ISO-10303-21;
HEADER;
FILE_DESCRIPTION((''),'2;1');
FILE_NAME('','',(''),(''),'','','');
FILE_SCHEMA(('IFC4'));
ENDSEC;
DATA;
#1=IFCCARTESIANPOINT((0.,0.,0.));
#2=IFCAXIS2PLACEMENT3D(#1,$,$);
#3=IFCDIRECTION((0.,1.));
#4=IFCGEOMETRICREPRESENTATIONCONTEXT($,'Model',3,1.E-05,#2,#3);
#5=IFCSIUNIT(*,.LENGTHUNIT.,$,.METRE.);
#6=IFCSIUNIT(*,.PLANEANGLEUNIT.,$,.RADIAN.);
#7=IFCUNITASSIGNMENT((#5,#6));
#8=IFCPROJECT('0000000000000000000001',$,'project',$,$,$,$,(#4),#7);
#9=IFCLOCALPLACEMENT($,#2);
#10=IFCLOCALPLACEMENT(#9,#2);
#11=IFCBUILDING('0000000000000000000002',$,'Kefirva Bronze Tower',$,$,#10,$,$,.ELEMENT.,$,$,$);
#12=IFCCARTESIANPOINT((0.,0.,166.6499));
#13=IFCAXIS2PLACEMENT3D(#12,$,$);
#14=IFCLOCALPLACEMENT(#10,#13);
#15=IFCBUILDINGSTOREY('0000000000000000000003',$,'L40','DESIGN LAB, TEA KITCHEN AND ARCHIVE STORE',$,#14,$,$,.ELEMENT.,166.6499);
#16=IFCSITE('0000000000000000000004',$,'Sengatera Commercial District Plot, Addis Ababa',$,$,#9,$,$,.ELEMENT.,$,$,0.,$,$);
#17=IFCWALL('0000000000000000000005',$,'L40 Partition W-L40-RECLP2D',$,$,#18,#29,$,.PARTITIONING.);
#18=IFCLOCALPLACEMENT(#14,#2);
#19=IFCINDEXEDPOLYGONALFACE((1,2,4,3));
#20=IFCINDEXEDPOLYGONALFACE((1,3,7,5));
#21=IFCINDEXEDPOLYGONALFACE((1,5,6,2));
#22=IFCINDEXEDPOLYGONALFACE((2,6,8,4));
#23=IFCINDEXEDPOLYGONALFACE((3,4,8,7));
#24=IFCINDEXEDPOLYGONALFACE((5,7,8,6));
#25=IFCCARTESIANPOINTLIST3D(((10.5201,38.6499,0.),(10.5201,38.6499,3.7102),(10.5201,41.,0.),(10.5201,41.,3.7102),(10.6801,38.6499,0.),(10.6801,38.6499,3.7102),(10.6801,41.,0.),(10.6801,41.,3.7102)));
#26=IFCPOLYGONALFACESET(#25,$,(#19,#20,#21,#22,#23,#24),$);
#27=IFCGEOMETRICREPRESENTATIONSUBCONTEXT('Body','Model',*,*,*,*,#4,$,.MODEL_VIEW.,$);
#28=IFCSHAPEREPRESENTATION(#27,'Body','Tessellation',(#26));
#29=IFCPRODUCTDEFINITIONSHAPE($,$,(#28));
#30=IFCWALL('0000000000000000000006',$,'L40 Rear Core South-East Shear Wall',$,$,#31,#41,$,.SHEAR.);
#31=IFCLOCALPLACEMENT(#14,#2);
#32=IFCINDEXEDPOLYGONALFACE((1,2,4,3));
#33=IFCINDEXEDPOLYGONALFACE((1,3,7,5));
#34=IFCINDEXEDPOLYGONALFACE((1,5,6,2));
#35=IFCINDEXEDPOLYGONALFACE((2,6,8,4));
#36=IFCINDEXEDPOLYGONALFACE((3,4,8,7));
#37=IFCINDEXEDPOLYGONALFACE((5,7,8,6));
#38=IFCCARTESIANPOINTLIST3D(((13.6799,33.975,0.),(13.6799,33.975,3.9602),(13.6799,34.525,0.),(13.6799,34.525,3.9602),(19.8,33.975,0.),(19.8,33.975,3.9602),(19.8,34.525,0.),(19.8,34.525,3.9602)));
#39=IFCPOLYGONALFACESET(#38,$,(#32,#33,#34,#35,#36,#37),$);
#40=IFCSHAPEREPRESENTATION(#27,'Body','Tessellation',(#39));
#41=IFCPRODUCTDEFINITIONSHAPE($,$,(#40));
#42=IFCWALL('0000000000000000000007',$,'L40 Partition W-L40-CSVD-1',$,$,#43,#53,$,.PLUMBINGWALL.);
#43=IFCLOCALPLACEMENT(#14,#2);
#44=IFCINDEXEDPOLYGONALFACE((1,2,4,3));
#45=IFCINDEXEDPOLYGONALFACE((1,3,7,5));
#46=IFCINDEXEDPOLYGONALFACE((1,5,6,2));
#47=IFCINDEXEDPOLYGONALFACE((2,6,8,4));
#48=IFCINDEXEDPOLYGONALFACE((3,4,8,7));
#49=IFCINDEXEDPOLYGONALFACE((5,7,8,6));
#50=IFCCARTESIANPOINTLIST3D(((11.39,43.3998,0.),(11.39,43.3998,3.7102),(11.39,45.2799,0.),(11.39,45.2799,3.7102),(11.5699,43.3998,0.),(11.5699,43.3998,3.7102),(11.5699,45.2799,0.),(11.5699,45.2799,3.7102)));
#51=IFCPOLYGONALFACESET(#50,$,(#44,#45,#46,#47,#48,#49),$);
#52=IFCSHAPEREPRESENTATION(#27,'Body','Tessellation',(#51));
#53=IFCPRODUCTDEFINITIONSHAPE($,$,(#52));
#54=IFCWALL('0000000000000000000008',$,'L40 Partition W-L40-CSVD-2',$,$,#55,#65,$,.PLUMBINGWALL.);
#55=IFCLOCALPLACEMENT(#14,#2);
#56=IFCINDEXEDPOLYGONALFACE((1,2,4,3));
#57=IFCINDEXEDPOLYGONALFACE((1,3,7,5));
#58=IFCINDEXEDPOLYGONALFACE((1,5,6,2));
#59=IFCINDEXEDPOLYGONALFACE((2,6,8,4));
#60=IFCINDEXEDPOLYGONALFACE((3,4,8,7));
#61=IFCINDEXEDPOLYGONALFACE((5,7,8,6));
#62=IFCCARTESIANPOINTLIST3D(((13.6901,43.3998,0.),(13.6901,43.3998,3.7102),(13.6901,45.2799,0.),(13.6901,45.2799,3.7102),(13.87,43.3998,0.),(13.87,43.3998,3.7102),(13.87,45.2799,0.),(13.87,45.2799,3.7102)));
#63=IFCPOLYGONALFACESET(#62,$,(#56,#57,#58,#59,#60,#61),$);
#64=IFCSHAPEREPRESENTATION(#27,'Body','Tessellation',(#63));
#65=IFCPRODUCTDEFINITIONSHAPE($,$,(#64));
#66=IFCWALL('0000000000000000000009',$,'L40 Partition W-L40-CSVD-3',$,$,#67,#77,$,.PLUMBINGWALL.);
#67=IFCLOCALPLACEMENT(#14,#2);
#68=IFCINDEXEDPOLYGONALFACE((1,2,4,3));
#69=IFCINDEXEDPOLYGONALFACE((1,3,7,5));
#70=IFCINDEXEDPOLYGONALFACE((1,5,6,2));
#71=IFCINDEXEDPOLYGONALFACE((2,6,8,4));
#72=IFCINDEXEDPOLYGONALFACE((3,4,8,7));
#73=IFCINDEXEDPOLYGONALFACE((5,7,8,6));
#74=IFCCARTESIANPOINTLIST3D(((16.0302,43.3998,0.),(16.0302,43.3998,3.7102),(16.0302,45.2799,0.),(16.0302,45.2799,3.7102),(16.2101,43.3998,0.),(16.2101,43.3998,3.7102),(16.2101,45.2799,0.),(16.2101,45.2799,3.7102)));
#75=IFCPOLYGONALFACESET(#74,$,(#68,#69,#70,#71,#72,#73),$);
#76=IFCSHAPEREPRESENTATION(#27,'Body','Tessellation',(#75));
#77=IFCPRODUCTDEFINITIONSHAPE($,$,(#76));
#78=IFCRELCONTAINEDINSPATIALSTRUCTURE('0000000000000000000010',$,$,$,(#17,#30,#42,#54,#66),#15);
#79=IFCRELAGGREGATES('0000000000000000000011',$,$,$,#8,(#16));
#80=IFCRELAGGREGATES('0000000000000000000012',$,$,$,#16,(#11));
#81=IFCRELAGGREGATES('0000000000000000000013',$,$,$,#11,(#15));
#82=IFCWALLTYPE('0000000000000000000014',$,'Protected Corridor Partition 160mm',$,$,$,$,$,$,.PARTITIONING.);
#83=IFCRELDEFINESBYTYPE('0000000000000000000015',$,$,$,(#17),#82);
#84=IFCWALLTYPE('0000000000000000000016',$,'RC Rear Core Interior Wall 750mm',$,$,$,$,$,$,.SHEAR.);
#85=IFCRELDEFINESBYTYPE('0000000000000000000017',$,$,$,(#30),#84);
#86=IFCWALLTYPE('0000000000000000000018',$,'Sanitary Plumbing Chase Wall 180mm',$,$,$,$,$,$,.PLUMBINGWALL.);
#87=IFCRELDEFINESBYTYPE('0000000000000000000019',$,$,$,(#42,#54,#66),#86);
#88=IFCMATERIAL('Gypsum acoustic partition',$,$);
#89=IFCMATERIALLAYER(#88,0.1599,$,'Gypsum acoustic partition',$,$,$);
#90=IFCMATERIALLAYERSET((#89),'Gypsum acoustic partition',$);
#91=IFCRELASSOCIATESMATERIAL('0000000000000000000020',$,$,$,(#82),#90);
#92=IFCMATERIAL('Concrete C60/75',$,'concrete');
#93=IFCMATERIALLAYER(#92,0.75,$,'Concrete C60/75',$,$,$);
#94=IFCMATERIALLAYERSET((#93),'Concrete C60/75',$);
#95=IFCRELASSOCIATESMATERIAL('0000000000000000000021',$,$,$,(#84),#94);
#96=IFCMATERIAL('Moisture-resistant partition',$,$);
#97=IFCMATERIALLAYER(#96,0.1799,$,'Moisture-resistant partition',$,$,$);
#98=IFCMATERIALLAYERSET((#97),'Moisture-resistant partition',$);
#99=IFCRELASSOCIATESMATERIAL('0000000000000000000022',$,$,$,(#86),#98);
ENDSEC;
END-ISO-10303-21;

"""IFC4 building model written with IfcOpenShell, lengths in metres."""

from ifc_helpers import new_model, si_unit, direction, frame, frame_2d, origin, place, context, subcontext, project, spatial, rectangle, extrude, material, layer, layer_set, type_object, element, save


model = new_model("IFC4")

# Units and contexts
model_context = context("Model", 3, precision=1e-05, world=origin(), true_north=direction((0.0, 1.0)))
body_context = subcontext(model_context, "Body", "Model", "MODEL_VIEW")
ifc_project = project(units=[si_unit("LENGTHUNIT", "METRE"), si_unit("PLANEANGLEUNIT", "RADIAN")], contexts=[model_context])

# Site, building, storey
site_placement = place(None, origin())
site = spatial("IfcSite", under=ifc_project, at=site_placement, Name="Sengatera Commercial District Plot, Addis Ababa", CompositionType="ELEMENT", RefElevation=0.0)
building_placement = place(site_placement, origin())
building = spatial("IfcBuilding", under=site, at=building_placement, Name="Kefirva Bronze Tower", CompositionType="ELEMENT")
storey_placement = place(building_placement, frame((0.0, 0.0, 166.6499)))
storey = spatial("IfcBuildingStorey", under=building, at=storey_placement, Name="L40", Description="DESIGN LAB, TEA KITCHEN AND ARCHIVE STORE", CompositionType="ELEMENT", Elevation=166.6499)

# Shared definitions
ifc_material_1 = material(Name="Concrete C60/75", Category="concrete")

# Shared definitions
ifc_material_2 = material(Name="Gypsum acoustic partition")
ifc_layer_1 = layer(ifc_material_2, 0.1599, Name="Gypsum acoustic partition")
ifc_layer_set_1 = layer_set([ifc_layer_1], Name="Gypsum acoustic partition")
wall_type_1 = type_object("IfcWallType", Name="Protected Corridor Partition 160mm", PredefinedType="PARTITIONING", material=ifc_layer_set_1)

# Walls
wall_1_placement = place(storey_placement, frame((10.6001, 38.6499, 0.0), z_axis=(0.0, 0.0, 1.0), x_axis=(0.0, 1.0, 0.0)))
element("IfcWall", 1, at=wall_1_placement, inside=storey, type_object=wall_type_1, Name="L40 Partition W-L40-RECLP2D", PredefinedType="PARTITIONING", context=body_context, shape_type="SweptSolid", body=[
    extrude(rectangle(XDim=2.3501, YDim=0.1599, at=frame_2d((1.175, 0.0))), origin(), (0.0, 0.0, 1.0), 3.7102),
])
ifc_layer_2 = layer(ifc_material_1, 0.75, Name="Concrete C60/75")
ifc_layer_set_2 = layer_set([ifc_layer_2], Name="Concrete C60/75")
wall_type_2 = type_object("IfcWallType", Name="RC Rear Core Interior Wall 750mm", PredefinedType="SHEAR", material=ifc_layer_set_2)
wall_2_placement = place(storey_placement, frame((13.6799, 34.25, 0.0), z_axis=(0.0, 0.0, 1.0), x_axis=(1.0, 0.0, 0.0)))
element("IfcWall", 2, at=wall_2_placement, inside=storey, type_object=wall_type_2, Name="L40 Rear Core South-East Shear Wall", PredefinedType="SHEAR", context=body_context, shape_type="SweptSolid", body=[
    extrude(rectangle(XDim=6.1201, YDim=0.55, at=frame_2d((3.0601, 0.0))), origin(), (0.0, 0.0, 1.0), 3.9602),
])
ifc_material_3 = material(Name="Moisture-resistant partition")
ifc_layer_3 = layer(ifc_material_3, 0.1799, Name="Moisture-resistant partition")
ifc_layer_set_3 = layer_set([ifc_layer_3], Name="Moisture-resistant partition")
wall_type_3 = type_object("IfcWallType", Name="Sanitary Plumbing Chase Wall 180mm", PredefinedType="PLUMBINGWALL", material=ifc_layer_set_3)
for number, where, z_axis, x_axis, name in (
    (3, (11.48, 43.3999, 0.0), (0.0, 0.0, 1.0), (0.0, 1.0, 0.0), "L40 Partition W-L40-CSVD-1"),
    (4, (13.78, 43.3999, 0.0), (0.0, 0.0, 1.0), (0.0, 1.0, 0.0), "L40 Partition W-L40-CSVD-2"),
    (5, (16.1201, 43.3999, 0.0), (0.0, 0.0, 1.0), (0.0, 1.0, 0.0), "L40 Partition W-L40-CSVD-3"),
):
    element("IfcWall", number, at=place(storey_placement, frame(where, z_axis=z_axis, x_axis=x_axis)), inside=storey, type_object=wall_type_3, Name=name, PredefinedType="PLUMBINGWALL", context=body_context, shape_type="SweptSolid", body=[
        extrude(rectangle(XDim=1.8801, YDim=0.1799, at=frame_2d((0.9399, 0.0))), origin(), (0.0, 0.0, 1.0), 3.7102),
    ])

save(model, "model.ifc")
